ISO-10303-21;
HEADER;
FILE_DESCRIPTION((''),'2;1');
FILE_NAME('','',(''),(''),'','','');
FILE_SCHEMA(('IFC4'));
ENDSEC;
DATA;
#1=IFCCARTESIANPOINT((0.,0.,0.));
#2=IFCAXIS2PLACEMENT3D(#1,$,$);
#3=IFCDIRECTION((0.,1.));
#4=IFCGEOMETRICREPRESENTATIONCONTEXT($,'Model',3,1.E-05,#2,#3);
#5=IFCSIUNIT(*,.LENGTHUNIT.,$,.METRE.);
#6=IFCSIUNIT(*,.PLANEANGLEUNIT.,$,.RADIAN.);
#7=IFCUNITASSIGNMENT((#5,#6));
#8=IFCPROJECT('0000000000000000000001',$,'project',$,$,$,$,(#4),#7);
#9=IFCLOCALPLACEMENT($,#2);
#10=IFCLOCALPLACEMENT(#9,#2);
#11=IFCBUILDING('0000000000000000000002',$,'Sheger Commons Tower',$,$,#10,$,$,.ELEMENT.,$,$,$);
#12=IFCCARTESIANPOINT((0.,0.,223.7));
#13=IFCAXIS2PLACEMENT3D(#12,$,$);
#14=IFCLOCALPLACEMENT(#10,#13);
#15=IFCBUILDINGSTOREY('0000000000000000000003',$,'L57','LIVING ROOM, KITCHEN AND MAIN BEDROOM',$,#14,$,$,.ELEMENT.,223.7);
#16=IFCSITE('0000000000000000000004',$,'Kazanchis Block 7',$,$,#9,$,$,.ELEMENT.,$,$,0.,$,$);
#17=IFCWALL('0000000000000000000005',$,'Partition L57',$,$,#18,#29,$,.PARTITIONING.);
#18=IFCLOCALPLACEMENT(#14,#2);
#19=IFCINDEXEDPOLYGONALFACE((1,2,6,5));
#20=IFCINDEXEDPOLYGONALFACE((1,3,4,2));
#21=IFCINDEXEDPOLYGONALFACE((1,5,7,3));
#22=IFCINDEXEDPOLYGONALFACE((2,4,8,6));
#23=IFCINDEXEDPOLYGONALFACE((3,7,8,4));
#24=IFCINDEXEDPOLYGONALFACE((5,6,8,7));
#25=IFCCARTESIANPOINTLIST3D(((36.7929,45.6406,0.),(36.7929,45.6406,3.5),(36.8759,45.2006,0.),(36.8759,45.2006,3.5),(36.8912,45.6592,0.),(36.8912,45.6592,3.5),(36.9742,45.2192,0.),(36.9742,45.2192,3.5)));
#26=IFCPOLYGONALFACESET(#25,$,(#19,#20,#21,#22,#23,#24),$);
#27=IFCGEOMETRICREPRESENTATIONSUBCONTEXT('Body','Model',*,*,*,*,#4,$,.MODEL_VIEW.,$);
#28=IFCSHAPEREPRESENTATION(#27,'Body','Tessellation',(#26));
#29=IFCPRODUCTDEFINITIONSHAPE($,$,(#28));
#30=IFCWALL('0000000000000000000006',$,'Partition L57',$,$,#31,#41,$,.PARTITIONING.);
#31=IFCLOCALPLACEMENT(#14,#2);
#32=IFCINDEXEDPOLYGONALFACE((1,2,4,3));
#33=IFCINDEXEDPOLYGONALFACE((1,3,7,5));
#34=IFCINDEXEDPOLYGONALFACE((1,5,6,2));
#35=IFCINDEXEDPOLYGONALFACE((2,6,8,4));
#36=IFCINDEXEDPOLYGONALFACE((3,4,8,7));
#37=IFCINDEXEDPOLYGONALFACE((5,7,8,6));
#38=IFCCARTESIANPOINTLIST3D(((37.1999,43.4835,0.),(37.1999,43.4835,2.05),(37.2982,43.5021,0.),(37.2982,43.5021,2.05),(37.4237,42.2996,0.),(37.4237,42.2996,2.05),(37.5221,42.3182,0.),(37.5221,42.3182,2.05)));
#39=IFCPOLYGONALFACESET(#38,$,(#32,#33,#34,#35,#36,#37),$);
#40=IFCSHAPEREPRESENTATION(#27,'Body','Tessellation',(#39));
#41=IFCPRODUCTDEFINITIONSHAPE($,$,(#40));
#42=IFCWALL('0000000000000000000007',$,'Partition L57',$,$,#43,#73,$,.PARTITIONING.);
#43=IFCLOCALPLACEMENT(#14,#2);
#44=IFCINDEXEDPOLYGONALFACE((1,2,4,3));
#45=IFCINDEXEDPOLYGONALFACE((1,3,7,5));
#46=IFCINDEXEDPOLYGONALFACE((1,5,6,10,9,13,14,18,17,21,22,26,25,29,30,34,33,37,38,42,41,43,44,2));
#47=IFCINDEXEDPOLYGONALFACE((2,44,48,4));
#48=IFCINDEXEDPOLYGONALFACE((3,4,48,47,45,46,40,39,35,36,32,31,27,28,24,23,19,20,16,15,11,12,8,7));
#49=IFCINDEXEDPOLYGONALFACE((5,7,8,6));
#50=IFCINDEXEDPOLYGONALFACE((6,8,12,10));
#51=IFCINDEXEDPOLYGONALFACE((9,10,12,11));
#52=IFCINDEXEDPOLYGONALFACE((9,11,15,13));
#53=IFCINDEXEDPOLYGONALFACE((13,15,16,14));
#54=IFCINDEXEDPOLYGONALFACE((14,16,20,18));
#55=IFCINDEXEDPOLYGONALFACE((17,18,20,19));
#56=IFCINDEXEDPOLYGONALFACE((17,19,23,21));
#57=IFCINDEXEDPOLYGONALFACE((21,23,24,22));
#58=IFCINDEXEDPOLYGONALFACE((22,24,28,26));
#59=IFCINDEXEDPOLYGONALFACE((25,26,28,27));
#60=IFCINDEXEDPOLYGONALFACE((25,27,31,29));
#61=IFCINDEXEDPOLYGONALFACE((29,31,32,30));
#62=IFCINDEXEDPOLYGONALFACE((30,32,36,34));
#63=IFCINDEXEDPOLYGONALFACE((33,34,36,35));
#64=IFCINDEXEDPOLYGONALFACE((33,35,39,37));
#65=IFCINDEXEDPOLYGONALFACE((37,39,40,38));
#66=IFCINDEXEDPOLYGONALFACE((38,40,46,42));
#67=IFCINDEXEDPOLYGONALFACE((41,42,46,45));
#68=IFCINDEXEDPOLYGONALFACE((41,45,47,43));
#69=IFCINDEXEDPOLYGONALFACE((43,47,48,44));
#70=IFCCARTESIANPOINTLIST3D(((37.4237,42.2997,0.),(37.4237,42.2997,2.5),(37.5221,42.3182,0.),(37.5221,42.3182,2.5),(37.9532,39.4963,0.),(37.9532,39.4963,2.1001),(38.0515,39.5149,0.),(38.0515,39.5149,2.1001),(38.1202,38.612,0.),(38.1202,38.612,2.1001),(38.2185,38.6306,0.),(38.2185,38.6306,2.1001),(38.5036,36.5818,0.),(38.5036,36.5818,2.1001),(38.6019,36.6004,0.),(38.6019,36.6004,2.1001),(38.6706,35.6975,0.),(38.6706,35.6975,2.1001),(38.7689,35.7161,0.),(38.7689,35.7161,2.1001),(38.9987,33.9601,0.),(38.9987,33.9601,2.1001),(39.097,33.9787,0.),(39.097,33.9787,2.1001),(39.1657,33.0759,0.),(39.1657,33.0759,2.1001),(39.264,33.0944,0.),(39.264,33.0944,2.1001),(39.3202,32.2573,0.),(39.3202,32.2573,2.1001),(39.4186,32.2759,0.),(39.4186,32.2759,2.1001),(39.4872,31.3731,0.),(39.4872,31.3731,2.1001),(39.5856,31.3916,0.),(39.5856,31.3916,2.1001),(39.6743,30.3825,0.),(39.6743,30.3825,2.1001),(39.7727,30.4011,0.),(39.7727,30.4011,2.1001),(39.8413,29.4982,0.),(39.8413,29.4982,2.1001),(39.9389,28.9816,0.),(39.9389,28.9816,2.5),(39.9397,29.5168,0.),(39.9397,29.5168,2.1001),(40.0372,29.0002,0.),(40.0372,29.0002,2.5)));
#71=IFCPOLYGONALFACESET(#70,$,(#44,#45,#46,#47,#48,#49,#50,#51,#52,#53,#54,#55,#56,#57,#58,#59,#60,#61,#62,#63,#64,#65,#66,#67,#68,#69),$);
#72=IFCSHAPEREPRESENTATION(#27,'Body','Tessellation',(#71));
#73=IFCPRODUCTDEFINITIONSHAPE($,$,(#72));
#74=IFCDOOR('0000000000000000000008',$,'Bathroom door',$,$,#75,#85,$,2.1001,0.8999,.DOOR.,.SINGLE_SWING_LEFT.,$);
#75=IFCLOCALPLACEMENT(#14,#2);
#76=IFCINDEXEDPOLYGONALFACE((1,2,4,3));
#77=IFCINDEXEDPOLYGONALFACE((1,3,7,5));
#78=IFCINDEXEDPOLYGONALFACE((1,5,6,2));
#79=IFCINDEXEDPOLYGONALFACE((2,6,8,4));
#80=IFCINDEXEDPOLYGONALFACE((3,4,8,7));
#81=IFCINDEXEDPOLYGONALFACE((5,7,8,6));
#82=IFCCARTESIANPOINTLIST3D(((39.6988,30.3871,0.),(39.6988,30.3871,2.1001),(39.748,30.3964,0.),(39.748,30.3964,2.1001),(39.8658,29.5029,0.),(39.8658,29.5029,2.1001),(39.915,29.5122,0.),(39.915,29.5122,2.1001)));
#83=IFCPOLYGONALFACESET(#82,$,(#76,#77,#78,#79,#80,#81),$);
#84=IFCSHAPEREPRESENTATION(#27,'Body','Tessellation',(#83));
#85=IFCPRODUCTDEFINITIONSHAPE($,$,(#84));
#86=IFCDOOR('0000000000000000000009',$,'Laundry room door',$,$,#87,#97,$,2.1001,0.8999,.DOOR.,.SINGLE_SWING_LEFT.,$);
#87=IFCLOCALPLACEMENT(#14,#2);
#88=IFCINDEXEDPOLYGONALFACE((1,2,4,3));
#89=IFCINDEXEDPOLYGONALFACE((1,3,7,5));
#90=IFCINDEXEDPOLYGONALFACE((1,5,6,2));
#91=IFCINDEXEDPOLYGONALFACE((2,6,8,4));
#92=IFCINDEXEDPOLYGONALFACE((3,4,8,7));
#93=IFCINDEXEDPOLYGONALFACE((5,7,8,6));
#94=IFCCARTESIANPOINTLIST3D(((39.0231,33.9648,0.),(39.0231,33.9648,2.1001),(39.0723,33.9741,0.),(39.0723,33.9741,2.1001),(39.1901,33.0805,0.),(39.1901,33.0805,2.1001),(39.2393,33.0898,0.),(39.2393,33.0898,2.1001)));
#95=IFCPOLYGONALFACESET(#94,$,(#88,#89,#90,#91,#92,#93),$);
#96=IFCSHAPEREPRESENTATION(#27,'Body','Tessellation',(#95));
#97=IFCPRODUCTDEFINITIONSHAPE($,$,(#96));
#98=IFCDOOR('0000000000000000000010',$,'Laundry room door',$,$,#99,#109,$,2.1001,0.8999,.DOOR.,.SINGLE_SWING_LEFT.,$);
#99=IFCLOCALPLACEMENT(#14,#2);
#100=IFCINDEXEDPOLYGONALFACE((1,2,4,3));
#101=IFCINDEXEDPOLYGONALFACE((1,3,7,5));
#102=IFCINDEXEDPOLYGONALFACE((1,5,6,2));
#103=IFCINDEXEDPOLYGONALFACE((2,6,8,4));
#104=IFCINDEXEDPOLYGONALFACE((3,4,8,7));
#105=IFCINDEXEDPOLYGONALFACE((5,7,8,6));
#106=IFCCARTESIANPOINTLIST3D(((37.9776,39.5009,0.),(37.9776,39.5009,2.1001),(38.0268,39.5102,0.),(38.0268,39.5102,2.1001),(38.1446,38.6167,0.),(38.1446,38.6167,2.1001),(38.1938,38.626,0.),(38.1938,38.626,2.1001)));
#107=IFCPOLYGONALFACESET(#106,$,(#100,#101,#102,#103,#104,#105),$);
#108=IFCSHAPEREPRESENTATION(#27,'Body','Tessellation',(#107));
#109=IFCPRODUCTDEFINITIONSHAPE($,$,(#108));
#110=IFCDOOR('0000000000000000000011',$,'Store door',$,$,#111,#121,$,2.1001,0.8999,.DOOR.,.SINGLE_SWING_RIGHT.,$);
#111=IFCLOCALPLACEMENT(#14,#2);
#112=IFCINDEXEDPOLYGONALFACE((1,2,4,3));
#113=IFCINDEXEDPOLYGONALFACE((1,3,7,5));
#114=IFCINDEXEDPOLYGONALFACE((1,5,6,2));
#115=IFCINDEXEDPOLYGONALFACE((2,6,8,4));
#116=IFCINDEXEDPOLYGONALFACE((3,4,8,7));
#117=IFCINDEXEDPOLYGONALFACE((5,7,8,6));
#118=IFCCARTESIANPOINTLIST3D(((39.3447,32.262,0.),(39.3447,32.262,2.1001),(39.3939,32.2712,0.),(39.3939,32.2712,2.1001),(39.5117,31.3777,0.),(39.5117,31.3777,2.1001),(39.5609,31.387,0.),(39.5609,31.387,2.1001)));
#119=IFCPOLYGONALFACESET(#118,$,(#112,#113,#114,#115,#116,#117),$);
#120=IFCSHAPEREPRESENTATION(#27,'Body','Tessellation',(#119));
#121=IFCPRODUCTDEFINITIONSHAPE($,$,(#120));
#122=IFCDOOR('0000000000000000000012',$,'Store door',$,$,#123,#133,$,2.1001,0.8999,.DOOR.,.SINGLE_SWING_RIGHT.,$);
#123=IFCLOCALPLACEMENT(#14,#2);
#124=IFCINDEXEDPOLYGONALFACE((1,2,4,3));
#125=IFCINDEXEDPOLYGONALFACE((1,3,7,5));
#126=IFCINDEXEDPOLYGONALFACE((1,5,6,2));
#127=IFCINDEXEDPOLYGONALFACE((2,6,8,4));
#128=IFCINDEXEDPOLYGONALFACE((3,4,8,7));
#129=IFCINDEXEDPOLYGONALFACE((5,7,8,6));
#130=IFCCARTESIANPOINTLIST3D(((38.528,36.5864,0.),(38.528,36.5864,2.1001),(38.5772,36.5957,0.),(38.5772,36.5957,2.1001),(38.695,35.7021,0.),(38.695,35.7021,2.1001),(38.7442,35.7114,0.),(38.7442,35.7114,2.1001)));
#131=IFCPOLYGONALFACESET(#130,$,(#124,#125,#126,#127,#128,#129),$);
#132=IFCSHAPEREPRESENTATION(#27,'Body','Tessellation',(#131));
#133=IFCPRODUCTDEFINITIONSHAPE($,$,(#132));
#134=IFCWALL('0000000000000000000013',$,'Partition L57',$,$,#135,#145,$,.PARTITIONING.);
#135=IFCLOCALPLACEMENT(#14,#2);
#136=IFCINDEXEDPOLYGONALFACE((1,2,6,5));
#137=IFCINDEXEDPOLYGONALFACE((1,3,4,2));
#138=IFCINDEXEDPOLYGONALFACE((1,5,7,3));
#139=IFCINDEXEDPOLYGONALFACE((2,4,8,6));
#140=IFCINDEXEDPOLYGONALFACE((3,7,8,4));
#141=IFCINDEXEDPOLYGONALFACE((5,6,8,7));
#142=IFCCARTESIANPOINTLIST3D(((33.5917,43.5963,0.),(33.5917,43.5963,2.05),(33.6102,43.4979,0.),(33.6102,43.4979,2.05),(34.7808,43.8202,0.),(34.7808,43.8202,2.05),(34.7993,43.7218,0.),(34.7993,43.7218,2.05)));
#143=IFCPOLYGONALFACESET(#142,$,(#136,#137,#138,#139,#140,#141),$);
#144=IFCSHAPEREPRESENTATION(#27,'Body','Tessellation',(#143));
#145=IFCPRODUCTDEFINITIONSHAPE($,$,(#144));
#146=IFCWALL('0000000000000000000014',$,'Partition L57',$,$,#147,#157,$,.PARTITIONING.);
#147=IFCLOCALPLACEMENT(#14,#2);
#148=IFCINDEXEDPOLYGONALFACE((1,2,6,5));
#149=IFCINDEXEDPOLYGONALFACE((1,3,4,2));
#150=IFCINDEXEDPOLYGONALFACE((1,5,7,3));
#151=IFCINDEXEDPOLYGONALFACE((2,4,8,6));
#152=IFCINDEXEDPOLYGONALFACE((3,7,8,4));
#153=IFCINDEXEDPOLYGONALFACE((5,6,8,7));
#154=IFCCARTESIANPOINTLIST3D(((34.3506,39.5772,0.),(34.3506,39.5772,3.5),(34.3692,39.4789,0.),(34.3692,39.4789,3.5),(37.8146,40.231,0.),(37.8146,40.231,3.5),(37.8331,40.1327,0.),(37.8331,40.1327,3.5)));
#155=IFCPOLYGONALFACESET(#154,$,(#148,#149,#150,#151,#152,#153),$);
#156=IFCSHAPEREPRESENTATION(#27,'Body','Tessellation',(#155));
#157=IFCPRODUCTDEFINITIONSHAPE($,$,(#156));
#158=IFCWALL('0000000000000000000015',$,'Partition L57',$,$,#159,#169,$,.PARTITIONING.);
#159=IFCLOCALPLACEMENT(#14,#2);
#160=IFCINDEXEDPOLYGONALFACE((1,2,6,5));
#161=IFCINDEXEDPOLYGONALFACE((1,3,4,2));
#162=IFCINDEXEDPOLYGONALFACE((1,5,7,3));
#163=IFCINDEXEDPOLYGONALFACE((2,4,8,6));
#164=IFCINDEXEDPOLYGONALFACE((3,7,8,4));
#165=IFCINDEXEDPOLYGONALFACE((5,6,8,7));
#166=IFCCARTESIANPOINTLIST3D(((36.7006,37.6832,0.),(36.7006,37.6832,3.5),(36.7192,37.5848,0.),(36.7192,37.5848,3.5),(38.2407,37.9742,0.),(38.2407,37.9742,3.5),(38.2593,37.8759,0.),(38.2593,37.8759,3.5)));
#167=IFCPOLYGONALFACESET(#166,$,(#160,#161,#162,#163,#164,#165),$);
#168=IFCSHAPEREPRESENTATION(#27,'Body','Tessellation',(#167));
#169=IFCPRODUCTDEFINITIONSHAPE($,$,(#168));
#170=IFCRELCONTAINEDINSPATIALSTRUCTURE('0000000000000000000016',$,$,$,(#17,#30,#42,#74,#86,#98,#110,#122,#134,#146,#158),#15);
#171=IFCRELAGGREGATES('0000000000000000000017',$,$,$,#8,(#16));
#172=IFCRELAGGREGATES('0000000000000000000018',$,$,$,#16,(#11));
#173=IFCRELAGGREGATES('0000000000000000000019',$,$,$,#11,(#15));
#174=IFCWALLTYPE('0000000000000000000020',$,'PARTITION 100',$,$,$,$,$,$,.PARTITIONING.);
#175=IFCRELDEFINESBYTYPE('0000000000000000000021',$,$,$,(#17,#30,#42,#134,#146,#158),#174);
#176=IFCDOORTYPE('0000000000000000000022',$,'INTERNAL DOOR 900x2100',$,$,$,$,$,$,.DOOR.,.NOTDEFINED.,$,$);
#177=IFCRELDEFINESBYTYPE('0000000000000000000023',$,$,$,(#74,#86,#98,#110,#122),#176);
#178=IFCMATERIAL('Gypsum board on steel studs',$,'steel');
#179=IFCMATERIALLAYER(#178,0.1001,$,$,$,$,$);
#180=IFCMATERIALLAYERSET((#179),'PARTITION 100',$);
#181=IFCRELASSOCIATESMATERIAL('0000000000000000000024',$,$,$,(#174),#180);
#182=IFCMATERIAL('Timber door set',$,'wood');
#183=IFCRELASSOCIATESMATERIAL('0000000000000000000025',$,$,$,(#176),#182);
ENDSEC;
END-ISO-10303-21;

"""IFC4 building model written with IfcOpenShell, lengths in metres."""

from ifc_helpers import new_model, si_unit, direction, frame, frame_2d, origin, place, context, subcontext, project, spatial, rectangle, extrude, material, layer, layer_set, type_object, element, fill, save


model = new_model("IFC4")

# Units and contexts
model_context = context("Model", 3, precision=1e-05, world=origin(), true_north=direction((0.0, 1.0)))
body_context = subcontext(model_context, "Body", "Model", "MODEL_VIEW")
ifc_project = project(units=[si_unit("LENGTHUNIT", "METRE"), si_unit("PLANEANGLEUNIT", "RADIAN")], contexts=[model_context])

# Site, building, storey
site_placement = place(None, origin())
site = spatial("IfcSite", under=ifc_project, at=site_placement, Name="Kazanchis Block 7", CompositionType="ELEMENT", RefElevation=0.0)
building_placement = place(site_placement, origin())
building = spatial("IfcBuilding", under=site, at=building_placement, Name="Sheger Commons Tower", CompositionType="ELEMENT")
storey_placement = place(building_placement, frame((0.0, 0.0, 223.7)))
storey = spatial("IfcBuildingStorey", under=building, at=storey_placement, Name="L57", Description="LIVING ROOM, KITCHEN AND MAIN BEDROOM", CompositionType="ELEMENT", Elevation=223.7)

# Walls
ifc_material_1 = material(Name="Gypsum board on steel studs", Category="steel")
ifc_layer_1 = layer(ifc_material_1, 0.1001)
ifc_layer_set_1 = layer_set([ifc_layer_1], Name="PARTITION 100")
wall_type_1 = type_object("IfcWallType", Name="PARTITION 100", PredefinedType="PARTITIONING", material=ifc_layer_set_1)
wall_1_placement = place(storey_placement, frame((36.842, 45.6499, 0.0), z_axis=(0.0, 0.0, 1.0), x_axis=(0.185408, -0.982662, 0.0)))
element("IfcWall", 1, at=wall_1_placement, inside=storey, type_object=wall_type_1, Name="Partition L57", PredefinedType="PARTITIONING", context=body_context, shape_type="SweptSolid", body=[
    extrude(rectangle(XDim=0.4478, YDim=0.1001, at=frame_2d((0.2239, 0.0))), origin(), (0.0, 0.0, 1.0), 3.5),
])
wall_2_placement = place(storey_placement, frame((37.249, 43.4929, 0.0), z_axis=(0.0, 0.0, 1.0), x_axis=(0.185818, -0.982584, 0.0)))
element("IfcWall", 2, at=wall_2_placement, inside=storey, type_object=wall_type_1, Name="Partition L57", PredefinedType="PARTITIONING", context=body_context, shape_type="SweptSolid", body=[
    extrude(rectangle(XDim=1.2048, YDim=0.1001, at=frame_2d((0.6025, 0.0))), origin(), (0.0, 0.0, 1.0), 2.05),
])

# Wall, openings, doors
wall_3_placement = place(storey_placement, frame((37.4729, 42.3091, 0.0), z_axis=(0.0, 0.0, 1.0), x_axis=(0.185571, -0.982631, 0.0)))
wall_3 = element("IfcWall", 3, at=wall_3_placement, inside=storey, type_object=wall_type_1, Name="Partition L57", PredefinedType="PARTITIONING", context=body_context, shape_type="SweptSolid", body=[
    extrude(rectangle(XDim=13.5535, YDim=0.1001, at=frame_2d((6.7769, 0.0))), origin(), (0.0, 0.0, 1.0), 2.5),
])
opening_1_placement = place(wall_3_placement, frame((12.1279, 0.0, 0.0)))
opening_1 = element("IfcOpeningElement", 4, at=opening_1_placement, cuts=wall_3, PredefinedType="OPENING", context=body_context, shape_type="SweptSolid", body=[
    extrude(rectangle(XDim=0.8999, YDim=2.1001, at=frame_2d((0.45, 1.05))), frame((0.0, 0.0601, 0.0), z_axis=(0.0, -1.0, 0.0), x_axis=(1.0, 0.0, 0.0)), (0.0, 0.0, 1.0), 0.1201),
])
opening_2_placement = place(wall_3_placement, frame((8.4871, 0.0, 0.0)))
opening_2 = element("IfcOpeningElement", 5, at=opening_2_placement, cuts=wall_3, PredefinedType="OPENING", context=body_context, shape_type="SweptSolid", body=[
    extrude(rectangle(XDim=0.8999, YDim=2.1001, at=frame_2d((0.45, 1.05))), frame((0.0, 0.0601, 0.0), z_axis=(0.0, -1.0, 0.0), x_axis=(1.0, 0.0, 0.0)), (0.0, 0.0, 1.0), 0.1201),
])
opening_3_placement = place(wall_3_placement, frame((2.853, 0.0, 0.0)))
opening_3 = element("IfcOpeningElement", 6, at=opening_3_placement, cuts=wall_3, PredefinedType="OPENING", context=body_context, shape_type="SweptSolid", body=[
    extrude(rectangle(XDim=0.8999, YDim=2.1001, at=frame_2d((0.45, 1.05))), frame((0.0, 0.0601, 0.0), z_axis=(0.0, -1.0, 0.0), x_axis=(1.0, 0.0, 0.0)), (0.0, 0.0, 1.0), 0.1201),
])
opening_4_placement = place(wall_3_placement, frame((10.22, 0.0, 0.0)))
opening_4 = element("IfcOpeningElement", 7, at=opening_4_placement, cuts=wall_3, PredefinedType="OPENING", context=body_context, shape_type="SweptSolid", body=[
    extrude(rectangle(XDim=0.8999, YDim=2.1001, at=frame_2d((0.45, 1.05))), frame((0.0, 0.0601, 0.0), z_axis=(0.0, -1.0, 0.0), x_axis=(1.0, 0.0, 0.0)), (0.0, 0.0, 1.0), 0.1201),
])
opening_5_placement = place(wall_3_placement, frame((5.8191, 0.0, 0.0)))
opening_5 = element("IfcOpeningElement", 8, at=opening_5_placement, cuts=wall_3, PredefinedType="OPENING", context=body_context, shape_type="SweptSolid", body=[
    extrude(rectangle(XDim=0.8999, YDim=2.1001, at=frame_2d((0.45, 1.05))), frame((0.0, 0.0601, 0.0), z_axis=(0.0, -1.0, 0.0), x_axis=(1.0, 0.0, 0.0)), (0.0, 0.0, 1.0), 0.1201),
])
ifc_material_2 = material(Name="Timber door set", Category="wood")
door_type_1 = type_object("IfcDoorType", Name="INTERNAL DOOR 900x2100", OperationType="NOTDEFINED", PredefinedType="DOOR", material=ifc_material_2)
door_1_placement = place(opening_1_placement, origin())
door_1 = element("IfcDoor", 9, at=door_1_placement, inside=storey, type_object=door_type_1, Name="Bathroom door", OperationType="SINGLE_SWING_LEFT", OverallHeight=2.1001, OverallWidth=0.8999, PredefinedType="DOOR", context=body_context, shape_type="SweptSolid", body=[
    extrude(rectangle(XDim=0.8999, YDim=2.1001, at=frame_2d((0.45, 1.05))), frame((0.0, 0.0249, 0.0), z_axis=(0.0, -1.0, 0.0), x_axis=(1.0, 0.0, 0.0)), (0.0, 0.0, 1.0), 0.05),
])
fill(opening_1, door_1)
door_2_placement = place(opening_2_placement, origin())
door_2 = element("IfcDoor", 10, at=door_2_placement, inside=storey, type_object=door_type_1, Name="Laundry room door", OperationType="SINGLE_SWING_LEFT", OverallHeight=2.1001, OverallWidth=0.8999, PredefinedType="DOOR", context=body_context, shape_type="SweptSolid", body=[
    extrude(rectangle(XDim=0.8999, YDim=2.1001, at=frame_2d((0.45, 1.05))), frame((0.0, 0.0249, 0.0), z_axis=(0.0, -1.0, 0.0), x_axis=(1.0, 0.0, 0.0)), (0.0, 0.0, 1.0), 0.05),
])
fill(opening_2, door_2)
door_3_placement = place(opening_3_placement, origin())
door_3 = element("IfcDoor", 11, at=door_3_placement, inside=storey, type_object=door_type_1, Name="Laundry room door", OperationType="SINGLE_SWING_LEFT", OverallHeight=2.1001, OverallWidth=0.8999, PredefinedType="DOOR", context=body_context, shape_type="SweptSolid", body=[
    extrude(rectangle(XDim=0.8999, YDim=2.1001, at=frame_2d((0.45, 1.05))), frame((0.0, 0.0249, 0.0), z_axis=(0.0, -1.0, 0.0), x_axis=(1.0, 0.0, 0.0)), (0.0, 0.0, 1.0), 0.05),
])
fill(opening_3, door_3)
door_4_placement = place(opening_4_placement, origin())
door_4 = element("IfcDoor", 12, at=door_4_placement, inside=storey, type_object=door_type_1, Name="Store door", OperationType="SINGLE_SWING_RIGHT", OverallHeight=2.1001, OverallWidth=0.8999, PredefinedType="DOOR", context=body_context, shape_type="SweptSolid", body=[
    extrude(rectangle(XDim=0.8999, YDim=2.1001, at=frame_2d((0.45, 1.05))), frame((0.0, 0.0249, 0.0), z_axis=(0.0, -1.0, 0.0), x_axis=(1.0, 0.0, 0.0)), (0.0, 0.0, 1.0), 0.05),
])
fill(opening_4, door_4)
door_5_placement = place(opening_5_placement, origin())
door_5 = element("IfcDoor", 13, at=door_5_placement, inside=storey, type_object=door_type_1, Name="Store door", OperationType="SINGLE_SWING_RIGHT", OverallHeight=2.1001, OverallWidth=0.8999, PredefinedType="DOOR", context=body_context, shape_type="SweptSolid", body=[
    extrude(rectangle(XDim=0.8999, YDim=2.1001, at=frame_2d((0.45, 1.05))), frame((0.0, 0.0249, 0.0), z_axis=(0.0, -1.0, 0.0), x_axis=(1.0, 0.0, 0.0)), (0.0, 0.0, 1.0), 0.05),
])
fill(opening_5, door_5)

# Walls
wall_4_placement = place(storey_placement, frame((34.79, 43.771, 0.0), z_axis=(0.0, 0.0, 1.0), x_axis=(-0.98273, -0.185044, 0.0)))
element("IfcWall", 14, at=wall_4_placement, inside=storey, type_object=wall_type_1, Name="Partition L57", PredefinedType="PARTITIONING", context=body_context, shape_type="SweptSolid", body=[
    extrude(rectangle(XDim=1.21, YDim=0.1001, at=frame_2d((0.605, 0.0))), origin(), (0.0, 0.0, 1.0), 2.05),
])
wall_5_placement = place(storey_placement, frame((37.824, 40.1819, 0.0), z_axis=(0.0, 0.0, 1.0), x_axis=(-0.982649, -0.185476, 0.0)))
element("IfcWall", 15, at=wall_5_placement, inside=storey, type_object=wall_type_1, Name="Partition L57", PredefinedType="PARTITIONING", context=body_context, shape_type="SweptSolid", body=[
    extrude(rectangle(XDim=3.5251, YDim=0.1001, at=frame_2d((1.7627, 0.0))), origin(), (0.0, 0.0, 1.0), 3.5),
])
wall_6_placement = place(storey_placement, frame((38.25, 37.925, 0.0), z_axis=(0.0, 0.0, 1.0), x_axis=(-0.98261, -0.18568, 0.0)))
element("IfcWall", 16, at=wall_6_placement, inside=storey, type_object=wall_type_1, Name="Partition L57", PredefinedType="PARTITIONING", context=body_context, shape_type="SweptSolid", body=[
    extrude(rectangle(XDim=1.5674, YDim=0.1001, at=frame_2d((0.7837, 0.0))), origin(), (0.0, 0.0, 1.0), 3.5),
])

save(model, "model.ifc")
